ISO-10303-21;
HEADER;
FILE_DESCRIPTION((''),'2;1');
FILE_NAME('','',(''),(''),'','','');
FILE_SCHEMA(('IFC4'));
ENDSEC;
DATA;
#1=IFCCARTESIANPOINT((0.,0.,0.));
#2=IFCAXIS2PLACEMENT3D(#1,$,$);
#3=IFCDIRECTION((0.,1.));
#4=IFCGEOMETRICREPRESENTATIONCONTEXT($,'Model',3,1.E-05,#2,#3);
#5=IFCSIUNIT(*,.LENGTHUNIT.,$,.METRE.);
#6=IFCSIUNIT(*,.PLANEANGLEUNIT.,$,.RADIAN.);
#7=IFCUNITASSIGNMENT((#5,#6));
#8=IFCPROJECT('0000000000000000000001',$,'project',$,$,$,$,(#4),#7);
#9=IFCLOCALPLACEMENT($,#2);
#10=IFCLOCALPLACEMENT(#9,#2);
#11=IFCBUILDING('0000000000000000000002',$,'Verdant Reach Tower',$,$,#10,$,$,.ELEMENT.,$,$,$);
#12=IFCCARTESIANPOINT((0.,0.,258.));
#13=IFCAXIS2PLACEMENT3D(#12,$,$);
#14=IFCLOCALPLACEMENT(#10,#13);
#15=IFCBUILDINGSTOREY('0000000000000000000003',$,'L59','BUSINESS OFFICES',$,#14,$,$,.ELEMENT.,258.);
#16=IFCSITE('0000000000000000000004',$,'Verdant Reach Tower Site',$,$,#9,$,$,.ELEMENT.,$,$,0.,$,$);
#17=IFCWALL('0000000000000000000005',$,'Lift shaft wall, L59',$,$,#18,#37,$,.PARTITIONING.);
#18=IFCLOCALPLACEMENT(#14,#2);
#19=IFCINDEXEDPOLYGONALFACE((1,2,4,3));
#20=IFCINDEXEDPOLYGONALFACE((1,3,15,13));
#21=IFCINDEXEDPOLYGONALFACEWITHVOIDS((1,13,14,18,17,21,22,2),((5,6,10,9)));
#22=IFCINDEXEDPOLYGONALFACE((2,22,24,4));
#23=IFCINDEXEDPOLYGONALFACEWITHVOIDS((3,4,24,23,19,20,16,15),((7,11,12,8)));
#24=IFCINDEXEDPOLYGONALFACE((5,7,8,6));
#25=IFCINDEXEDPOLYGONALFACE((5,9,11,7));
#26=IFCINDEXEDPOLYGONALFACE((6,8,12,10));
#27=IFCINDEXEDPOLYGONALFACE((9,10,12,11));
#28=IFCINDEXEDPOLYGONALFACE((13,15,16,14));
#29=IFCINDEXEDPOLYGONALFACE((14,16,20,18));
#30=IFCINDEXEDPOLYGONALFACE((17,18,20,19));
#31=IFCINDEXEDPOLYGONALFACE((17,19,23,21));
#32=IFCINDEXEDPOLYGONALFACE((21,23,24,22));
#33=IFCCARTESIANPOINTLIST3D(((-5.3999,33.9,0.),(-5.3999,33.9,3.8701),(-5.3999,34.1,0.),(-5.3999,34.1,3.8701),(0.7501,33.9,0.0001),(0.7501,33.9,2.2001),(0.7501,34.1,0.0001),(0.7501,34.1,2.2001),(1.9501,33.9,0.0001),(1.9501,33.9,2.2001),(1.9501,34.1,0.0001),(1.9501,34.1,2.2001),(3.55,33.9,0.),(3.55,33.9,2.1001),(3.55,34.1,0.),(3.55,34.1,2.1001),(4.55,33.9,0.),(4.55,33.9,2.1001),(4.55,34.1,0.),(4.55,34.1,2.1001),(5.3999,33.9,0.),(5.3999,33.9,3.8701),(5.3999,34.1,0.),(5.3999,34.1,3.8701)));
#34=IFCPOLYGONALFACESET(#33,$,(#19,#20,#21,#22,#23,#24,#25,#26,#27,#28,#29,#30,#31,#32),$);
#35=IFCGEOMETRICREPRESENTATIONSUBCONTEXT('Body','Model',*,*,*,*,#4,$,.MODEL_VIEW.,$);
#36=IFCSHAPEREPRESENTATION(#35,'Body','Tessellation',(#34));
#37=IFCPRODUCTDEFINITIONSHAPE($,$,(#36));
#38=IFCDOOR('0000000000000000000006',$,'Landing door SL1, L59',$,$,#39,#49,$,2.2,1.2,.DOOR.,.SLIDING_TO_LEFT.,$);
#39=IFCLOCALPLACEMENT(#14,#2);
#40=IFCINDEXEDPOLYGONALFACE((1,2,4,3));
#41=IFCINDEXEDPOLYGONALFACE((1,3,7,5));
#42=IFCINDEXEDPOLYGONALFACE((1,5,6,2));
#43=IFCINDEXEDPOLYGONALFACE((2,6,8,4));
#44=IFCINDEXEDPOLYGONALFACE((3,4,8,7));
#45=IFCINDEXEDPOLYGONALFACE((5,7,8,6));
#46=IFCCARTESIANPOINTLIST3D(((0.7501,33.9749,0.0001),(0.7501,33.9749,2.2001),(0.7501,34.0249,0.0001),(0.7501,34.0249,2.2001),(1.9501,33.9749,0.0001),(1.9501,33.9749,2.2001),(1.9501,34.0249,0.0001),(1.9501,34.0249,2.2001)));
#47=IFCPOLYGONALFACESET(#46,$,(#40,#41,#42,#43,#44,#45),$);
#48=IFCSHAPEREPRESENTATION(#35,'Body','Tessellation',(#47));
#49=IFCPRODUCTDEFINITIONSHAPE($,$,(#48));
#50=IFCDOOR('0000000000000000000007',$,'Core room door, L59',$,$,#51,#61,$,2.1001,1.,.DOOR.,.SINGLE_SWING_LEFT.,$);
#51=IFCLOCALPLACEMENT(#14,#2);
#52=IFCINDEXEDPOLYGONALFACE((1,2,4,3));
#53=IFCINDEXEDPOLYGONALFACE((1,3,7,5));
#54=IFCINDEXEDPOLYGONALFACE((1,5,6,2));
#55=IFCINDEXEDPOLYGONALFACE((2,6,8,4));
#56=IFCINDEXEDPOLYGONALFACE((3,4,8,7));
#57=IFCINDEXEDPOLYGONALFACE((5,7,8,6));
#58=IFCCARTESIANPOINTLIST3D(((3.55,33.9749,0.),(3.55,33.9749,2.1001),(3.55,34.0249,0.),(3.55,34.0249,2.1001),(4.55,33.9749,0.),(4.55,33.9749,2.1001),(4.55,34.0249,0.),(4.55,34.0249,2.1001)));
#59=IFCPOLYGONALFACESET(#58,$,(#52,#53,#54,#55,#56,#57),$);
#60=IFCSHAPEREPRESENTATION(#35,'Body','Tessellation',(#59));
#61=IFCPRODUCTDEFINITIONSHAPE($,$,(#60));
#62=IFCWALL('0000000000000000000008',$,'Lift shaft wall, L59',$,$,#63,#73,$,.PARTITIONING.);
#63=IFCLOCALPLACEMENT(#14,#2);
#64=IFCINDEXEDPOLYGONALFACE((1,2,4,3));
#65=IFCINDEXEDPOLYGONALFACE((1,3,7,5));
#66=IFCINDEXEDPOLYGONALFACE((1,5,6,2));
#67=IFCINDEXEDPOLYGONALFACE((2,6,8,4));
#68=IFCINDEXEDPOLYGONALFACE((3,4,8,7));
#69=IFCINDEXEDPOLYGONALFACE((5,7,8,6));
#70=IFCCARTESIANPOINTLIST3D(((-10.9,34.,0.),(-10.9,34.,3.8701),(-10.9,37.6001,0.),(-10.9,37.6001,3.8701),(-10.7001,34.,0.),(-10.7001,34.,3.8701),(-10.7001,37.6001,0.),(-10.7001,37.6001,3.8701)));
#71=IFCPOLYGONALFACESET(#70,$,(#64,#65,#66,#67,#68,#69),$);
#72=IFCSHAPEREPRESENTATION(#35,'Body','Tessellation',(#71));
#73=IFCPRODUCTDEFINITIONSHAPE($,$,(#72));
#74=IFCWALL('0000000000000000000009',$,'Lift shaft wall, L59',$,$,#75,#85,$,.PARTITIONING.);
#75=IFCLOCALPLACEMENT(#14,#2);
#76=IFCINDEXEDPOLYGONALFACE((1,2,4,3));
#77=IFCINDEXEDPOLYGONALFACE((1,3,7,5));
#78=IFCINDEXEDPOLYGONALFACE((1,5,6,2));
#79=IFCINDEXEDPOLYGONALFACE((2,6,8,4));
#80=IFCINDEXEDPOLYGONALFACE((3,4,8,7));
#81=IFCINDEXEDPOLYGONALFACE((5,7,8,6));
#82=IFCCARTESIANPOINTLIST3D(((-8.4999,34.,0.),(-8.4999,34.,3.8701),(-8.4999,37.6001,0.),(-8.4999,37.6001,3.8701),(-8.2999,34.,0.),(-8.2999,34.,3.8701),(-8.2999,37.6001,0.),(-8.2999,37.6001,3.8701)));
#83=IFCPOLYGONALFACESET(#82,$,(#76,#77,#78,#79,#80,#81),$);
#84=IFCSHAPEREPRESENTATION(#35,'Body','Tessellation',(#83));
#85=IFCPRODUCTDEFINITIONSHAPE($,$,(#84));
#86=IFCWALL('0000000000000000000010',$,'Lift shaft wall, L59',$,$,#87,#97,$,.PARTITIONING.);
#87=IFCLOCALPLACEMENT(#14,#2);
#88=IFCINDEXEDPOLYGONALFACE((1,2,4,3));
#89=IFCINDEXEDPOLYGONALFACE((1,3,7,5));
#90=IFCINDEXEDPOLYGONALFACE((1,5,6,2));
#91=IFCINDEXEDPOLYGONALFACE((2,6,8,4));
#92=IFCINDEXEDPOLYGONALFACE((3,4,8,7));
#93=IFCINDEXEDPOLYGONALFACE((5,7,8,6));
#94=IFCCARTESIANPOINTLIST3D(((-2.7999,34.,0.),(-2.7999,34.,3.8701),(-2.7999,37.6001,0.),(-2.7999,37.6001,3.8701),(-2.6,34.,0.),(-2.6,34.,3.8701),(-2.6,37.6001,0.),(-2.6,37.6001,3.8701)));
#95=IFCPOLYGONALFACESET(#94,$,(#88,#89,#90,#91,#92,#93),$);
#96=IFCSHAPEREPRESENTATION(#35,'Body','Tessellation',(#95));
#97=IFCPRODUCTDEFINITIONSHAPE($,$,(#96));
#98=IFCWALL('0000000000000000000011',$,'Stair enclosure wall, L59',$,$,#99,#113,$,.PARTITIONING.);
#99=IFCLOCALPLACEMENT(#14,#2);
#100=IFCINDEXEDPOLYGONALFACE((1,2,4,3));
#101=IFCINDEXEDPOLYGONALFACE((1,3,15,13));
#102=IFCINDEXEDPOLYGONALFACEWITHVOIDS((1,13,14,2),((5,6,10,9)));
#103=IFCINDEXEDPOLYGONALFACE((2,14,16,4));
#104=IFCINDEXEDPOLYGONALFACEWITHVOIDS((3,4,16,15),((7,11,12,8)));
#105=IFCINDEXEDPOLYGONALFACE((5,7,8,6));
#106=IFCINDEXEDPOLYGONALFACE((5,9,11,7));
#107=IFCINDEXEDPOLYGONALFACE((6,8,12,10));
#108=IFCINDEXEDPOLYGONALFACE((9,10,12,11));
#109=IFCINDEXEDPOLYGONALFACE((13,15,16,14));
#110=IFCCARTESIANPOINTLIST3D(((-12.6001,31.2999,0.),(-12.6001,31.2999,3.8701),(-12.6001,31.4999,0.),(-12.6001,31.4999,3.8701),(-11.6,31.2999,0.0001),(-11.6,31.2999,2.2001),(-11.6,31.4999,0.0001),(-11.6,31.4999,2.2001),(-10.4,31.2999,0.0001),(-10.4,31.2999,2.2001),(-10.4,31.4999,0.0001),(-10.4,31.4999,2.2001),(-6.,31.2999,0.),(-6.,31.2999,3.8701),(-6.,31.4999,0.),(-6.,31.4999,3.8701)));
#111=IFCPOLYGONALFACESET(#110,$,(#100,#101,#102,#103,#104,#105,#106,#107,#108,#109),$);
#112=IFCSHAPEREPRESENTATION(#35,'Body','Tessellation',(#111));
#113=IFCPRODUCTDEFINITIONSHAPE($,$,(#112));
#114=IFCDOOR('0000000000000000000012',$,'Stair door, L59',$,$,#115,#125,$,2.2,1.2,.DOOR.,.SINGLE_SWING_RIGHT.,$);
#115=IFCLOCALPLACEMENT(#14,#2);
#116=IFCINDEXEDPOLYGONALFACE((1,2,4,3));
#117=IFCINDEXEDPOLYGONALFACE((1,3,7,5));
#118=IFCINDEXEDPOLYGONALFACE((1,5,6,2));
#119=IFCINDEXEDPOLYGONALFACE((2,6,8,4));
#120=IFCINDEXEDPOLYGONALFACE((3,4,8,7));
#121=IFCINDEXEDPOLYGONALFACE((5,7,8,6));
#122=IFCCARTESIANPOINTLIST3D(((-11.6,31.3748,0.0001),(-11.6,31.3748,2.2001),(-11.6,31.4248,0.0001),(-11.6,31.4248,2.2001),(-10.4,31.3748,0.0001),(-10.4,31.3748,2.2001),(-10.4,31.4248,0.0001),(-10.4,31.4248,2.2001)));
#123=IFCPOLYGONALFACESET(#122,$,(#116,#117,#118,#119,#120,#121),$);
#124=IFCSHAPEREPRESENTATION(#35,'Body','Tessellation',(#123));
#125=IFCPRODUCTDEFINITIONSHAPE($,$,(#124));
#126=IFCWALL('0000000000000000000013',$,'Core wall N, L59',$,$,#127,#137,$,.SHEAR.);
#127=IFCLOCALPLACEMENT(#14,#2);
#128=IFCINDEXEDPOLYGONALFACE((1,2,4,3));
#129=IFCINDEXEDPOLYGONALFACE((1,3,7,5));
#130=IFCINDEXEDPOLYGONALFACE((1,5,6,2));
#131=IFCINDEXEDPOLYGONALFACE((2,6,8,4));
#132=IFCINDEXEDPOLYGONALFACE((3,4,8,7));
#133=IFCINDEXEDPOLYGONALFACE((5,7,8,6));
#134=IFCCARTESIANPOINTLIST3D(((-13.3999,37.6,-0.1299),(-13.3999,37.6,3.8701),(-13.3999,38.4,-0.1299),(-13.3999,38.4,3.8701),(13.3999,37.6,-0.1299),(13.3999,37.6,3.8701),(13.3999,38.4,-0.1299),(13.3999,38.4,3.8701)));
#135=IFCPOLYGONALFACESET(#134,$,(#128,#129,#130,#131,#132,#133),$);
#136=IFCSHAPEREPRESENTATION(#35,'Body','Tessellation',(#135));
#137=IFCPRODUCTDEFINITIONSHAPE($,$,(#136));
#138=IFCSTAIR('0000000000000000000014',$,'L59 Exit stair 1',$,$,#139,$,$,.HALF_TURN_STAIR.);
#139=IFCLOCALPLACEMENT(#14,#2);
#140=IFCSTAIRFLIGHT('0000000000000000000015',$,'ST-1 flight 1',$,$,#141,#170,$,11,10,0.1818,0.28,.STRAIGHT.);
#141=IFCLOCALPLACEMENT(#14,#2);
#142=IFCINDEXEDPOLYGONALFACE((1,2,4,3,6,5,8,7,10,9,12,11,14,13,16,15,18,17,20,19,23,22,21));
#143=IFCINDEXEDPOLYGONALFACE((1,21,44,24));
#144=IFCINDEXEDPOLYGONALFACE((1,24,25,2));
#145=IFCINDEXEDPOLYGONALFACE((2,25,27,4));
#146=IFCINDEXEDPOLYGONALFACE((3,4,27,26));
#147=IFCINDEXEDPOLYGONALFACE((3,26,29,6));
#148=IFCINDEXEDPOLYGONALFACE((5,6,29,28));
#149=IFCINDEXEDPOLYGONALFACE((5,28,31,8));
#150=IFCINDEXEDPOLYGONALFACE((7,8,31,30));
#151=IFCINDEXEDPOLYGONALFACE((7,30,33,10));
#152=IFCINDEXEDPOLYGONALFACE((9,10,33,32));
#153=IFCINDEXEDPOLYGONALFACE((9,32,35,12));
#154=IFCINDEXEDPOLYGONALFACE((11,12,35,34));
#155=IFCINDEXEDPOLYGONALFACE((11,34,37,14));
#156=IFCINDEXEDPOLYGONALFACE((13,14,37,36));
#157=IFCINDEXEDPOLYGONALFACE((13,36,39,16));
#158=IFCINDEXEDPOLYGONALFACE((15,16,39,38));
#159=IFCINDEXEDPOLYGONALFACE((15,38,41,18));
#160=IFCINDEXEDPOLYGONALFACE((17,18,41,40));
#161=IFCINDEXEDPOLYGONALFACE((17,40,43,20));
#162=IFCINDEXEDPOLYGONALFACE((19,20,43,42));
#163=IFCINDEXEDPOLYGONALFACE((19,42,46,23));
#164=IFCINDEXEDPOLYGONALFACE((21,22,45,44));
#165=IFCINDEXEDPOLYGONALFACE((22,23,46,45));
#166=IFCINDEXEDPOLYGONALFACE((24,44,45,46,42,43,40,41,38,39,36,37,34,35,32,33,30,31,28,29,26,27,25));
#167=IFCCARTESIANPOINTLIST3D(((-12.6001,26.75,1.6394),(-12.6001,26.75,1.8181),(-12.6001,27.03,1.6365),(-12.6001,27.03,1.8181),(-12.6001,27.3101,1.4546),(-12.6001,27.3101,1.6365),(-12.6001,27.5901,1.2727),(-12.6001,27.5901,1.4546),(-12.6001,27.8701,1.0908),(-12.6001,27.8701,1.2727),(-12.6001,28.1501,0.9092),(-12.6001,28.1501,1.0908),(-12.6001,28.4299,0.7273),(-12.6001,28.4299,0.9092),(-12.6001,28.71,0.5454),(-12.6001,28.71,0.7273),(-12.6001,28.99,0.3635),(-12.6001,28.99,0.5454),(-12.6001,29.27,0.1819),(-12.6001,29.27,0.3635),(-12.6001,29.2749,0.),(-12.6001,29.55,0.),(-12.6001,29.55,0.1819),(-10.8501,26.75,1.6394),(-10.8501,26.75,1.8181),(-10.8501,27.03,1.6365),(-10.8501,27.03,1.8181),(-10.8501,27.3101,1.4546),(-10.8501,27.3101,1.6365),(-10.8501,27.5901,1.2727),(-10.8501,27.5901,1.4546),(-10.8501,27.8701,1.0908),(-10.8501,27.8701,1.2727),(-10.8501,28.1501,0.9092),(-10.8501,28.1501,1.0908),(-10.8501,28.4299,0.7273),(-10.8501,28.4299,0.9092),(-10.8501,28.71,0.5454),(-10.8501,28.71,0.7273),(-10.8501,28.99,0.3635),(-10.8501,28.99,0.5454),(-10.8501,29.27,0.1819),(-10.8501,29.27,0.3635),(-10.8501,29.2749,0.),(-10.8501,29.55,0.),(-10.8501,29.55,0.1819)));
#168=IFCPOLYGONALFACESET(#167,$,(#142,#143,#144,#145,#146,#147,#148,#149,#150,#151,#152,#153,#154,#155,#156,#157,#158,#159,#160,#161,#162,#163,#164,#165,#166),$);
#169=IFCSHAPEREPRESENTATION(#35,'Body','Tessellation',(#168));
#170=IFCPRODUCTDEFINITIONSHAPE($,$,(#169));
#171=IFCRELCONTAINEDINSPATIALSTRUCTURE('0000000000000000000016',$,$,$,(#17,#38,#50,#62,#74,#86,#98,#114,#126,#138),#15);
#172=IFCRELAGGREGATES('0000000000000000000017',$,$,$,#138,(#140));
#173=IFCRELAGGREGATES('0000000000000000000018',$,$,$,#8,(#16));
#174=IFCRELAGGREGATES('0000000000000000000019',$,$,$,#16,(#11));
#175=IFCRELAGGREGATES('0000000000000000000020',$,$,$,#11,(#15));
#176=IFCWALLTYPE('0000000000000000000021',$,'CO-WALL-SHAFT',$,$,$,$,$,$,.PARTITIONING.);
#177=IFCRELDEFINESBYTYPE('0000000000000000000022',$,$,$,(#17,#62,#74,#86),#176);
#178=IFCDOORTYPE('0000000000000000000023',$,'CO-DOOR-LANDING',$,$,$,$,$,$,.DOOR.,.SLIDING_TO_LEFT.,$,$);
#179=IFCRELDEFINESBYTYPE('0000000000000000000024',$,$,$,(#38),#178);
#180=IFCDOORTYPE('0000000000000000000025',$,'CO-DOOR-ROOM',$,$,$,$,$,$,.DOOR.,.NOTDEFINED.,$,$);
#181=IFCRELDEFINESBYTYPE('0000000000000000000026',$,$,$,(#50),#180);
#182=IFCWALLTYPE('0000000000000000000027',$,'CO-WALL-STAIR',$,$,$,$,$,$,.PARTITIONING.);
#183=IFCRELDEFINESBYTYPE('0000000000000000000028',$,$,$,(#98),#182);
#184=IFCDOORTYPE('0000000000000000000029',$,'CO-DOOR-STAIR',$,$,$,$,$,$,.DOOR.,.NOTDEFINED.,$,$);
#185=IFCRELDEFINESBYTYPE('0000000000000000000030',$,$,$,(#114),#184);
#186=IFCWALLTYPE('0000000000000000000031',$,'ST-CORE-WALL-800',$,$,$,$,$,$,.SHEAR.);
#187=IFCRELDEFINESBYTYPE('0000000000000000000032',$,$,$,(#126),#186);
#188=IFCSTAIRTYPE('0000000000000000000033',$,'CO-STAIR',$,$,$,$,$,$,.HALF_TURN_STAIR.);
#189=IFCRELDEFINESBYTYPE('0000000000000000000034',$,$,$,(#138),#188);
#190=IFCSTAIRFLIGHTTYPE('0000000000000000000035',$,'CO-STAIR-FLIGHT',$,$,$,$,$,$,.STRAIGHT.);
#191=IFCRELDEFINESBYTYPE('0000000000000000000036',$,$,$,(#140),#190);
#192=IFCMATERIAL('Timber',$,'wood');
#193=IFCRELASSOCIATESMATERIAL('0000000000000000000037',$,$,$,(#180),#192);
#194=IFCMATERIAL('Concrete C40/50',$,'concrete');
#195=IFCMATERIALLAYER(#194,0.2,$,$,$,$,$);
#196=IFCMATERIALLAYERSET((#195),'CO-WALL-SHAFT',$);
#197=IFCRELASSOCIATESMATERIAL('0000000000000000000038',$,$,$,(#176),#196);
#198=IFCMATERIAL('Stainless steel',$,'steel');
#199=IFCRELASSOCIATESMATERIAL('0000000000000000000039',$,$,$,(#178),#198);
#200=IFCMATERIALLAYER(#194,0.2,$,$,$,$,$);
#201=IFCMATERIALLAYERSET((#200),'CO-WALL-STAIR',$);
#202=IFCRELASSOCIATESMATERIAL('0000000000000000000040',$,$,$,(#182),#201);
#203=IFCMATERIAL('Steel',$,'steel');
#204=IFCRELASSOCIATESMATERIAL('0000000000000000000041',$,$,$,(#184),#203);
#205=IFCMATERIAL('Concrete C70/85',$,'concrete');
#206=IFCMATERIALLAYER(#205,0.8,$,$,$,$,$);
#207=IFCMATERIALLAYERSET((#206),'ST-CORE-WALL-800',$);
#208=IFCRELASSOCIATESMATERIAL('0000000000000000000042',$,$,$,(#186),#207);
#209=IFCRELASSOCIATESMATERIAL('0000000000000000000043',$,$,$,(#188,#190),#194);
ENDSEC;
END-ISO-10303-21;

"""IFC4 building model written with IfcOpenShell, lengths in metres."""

from ifc_helpers import new_model, si_unit, direction, frame, frame_2d, origin, place, context, subcontext, project, spatial, polyline, rectangle, outline, extrude, material, layer, layer_set, type_object, element, fill, aggregate, save


model = new_model("IFC4")

# Units and contexts
model_context = context("Model", 3, precision=1e-05, world=origin(), true_north=direction((0.0, 1.0)))
body_context = subcontext(model_context, "Body", "Model", "MODEL_VIEW")
ifc_project = project(units=[si_unit("LENGTHUNIT", "METRE"), si_unit("PLANEANGLEUNIT", "RADIAN")], contexts=[model_context])

# Site, building, storey
site_placement = place(None, origin())
site = spatial("IfcSite", under=ifc_project, at=site_placement, Name="Verdant Reach Tower Site", CompositionType="ELEMENT", RefElevation=0.0)
building_placement = place(site_placement, origin())
building = spatial("IfcBuilding", under=site, at=building_placement, Name="Verdant Reach Tower", CompositionType="ELEMENT")
storey_placement = place(building_placement, frame((0.0, 0.0, 258.0)))
storey = spatial("IfcBuildingStorey", under=building, at=storey_placement, Name="L59", Description="BUSINESS OFFICES", CompositionType="ELEMENT", Elevation=258.0)

# Wall, openings, doors
ifc_material_1 = material(Name="Timber", Category="wood")
door_type_1 = type_object("IfcDoorType", Name="CO-DOOR-ROOM", OperationType="NOTDEFINED", PredefinedType="DOOR", material=ifc_material_1)
ifc_material_2 = material(Name="Concrete C40/50", Category="concrete")
ifc_layer_1 = layer(ifc_material_2, 0.2)
ifc_layer_set_1 = layer_set([ifc_layer_1], Name="CO-WALL-SHAFT")
wall_type_1 = type_object("IfcWallType", Name="CO-WALL-SHAFT", PredefinedType="PARTITIONING", material=ifc_layer_set_1)
ifc_material_3 = material(Name="Stainless steel", Category="steel")
ifc_material_4 = material(Name="Steel", Category="steel")
wall_1_placement = place(storey_placement, frame((-5.3999, 34.0, 0.0), z_axis=(0.0, 0.0, 1.0), x_axis=(1.0, 0.0, 0.0)))
wall_1 = element("IfcWall", 1, at=wall_1_placement, inside=storey, type_object=wall_type_1, Name="Lift shaft wall, L59", PredefinedType="PARTITIONING", context=body_context, shape_type="SweptSolid", body=[
    extrude(rectangle(XDim=10.7998, YDim=0.2, at=frame_2d((5.3999, 0.0))), origin(), (0.0, 0.0, 1.0), 3.8701),
])
opening_1_placement = place(wall_1_placement, frame((6.1499, 0.0, 0.0)))
opening_1 = element("IfcOpeningElement", 2, at=opening_1_placement, cuts=wall_1, PredefinedType="OPENING", context=body_context, shape_type="SweptSolid", body=[
    extrude(rectangle(XDim=1.2, YDim=2.2, at=frame_2d((0.6001, 1.1001))), frame((0.0, 0.1099, 0.0), z_axis=(0.0, -1.0, 0.0), x_axis=(1.0, 0.0, 0.0)), (0.0, 0.0, 1.0), 0.22),
])
opening_2_placement = place(wall_1_placement, frame((8.95, 0.0, 0.0)))
opening_2 = element("IfcOpeningElement", 3, at=opening_2_placement, cuts=wall_1, PredefinedType="OPENING", context=body_context, shape_type="SweptSolid", body=[
    extrude(rectangle(XDim=1.0, YDim=2.1001, at=frame_2d((0.5, 1.05))), frame((0.0, 0.1099, 0.0), z_axis=(0.0, -1.0, 0.0), x_axis=(1.0, 0.0, 0.0)), (0.0, 0.0, 1.0), 0.22),
])
door_type_2 = type_object("IfcDoorType", Name="CO-DOOR-LANDING", OperationType="SLIDING_TO_LEFT", PredefinedType="DOOR", material=ifc_material_3)
door_1_placement = place(opening_1_placement, origin())
door_1 = element("IfcDoor", 4, at=door_1_placement, inside=storey, type_object=door_type_2, Name="Landing door SL1, L59", OperationType="SLIDING_TO_LEFT", OverallHeight=2.2, OverallWidth=1.2, PredefinedType="DOOR", context=body_context, shape_type="SweptSolid", body=[
    extrude(rectangle(XDim=1.2, YDim=2.2, at=frame_2d((0.6001, 1.1001))), frame((0.0, 0.0249, 0.0), z_axis=(0.0, -1.0, 0.0), x_axis=(1.0, 0.0, 0.0)), (0.0, 0.0, 1.0), 0.05),
])
fill(opening_1, door_1)
door_2_placement = place(opening_2_placement, origin())
door_2 = element("IfcDoor", 5, at=door_2_placement, inside=storey, type_object=door_type_1, Name="Core room door, L59", OperationType="SINGLE_SWING_LEFT", OverallHeight=2.1001, OverallWidth=1.0, PredefinedType="DOOR", context=body_context, shape_type="SweptSolid", body=[
    extrude(rectangle(XDim=1.0, YDim=2.1001, at=frame_2d((0.5, 1.05))), frame((0.0, 0.0249, 0.0), z_axis=(0.0, -1.0, 0.0), x_axis=(1.0, 0.0, 0.0)), (0.0, 0.0, 1.0), 0.05),
])
fill(opening_2, door_2)

# Walls
for number, where, z_axis, x_axis, name in (
    (6, (-10.8, 34.0, 0.0), (0.0, 0.0, 1.0), (0.0, 1.0, 0.0), "Lift shaft wall, L59"),
    (7, (-8.3999, 34.0, 0.0), (0.0, 0.0, 1.0), (0.0, 1.0, 0.0), "Lift shaft wall, L59"),
    (8, (-2.7, 34.0, 0.0), (0.0, 0.0, 1.0), (0.0, 1.0, 0.0), "Lift shaft wall, L59"),
):
    element("IfcWall", number, at=place(storey_placement, frame(where, z_axis=z_axis, x_axis=x_axis)), inside=storey, type_object=wall_type_1, Name=name, PredefinedType="PARTITIONING", context=body_context, shape_type="SweptSolid", body=[
        extrude(rectangle(XDim=3.6001, YDim=0.2, at=frame_2d((1.8, 0.0))), origin(), (0.0, 0.0, 1.0), 3.8701),
    ])

# Wall, opening, door
ifc_layer_2 = layer(ifc_material_2, 0.2)
ifc_layer_set_2 = layer_set([ifc_layer_2], Name="CO-WALL-STAIR")
wall_type_2 = type_object("IfcWallType", Name="CO-WALL-STAIR", PredefinedType="PARTITIONING", material=ifc_layer_set_2)
wall_2_placement = place(storey_placement, frame((-12.6001, 31.3999, 0.0), z_axis=(0.0, 0.0, 1.0), x_axis=(1.0, 0.0, 0.0)))
wall_2 = element("IfcWall", 9, at=wall_2_placement, inside=storey, type_object=wall_type_2, Name="Stair enclosure wall, L59", PredefinedType="PARTITIONING", context=body_context, shape_type="SweptSolid", body=[
    extrude(rectangle(XDim=6.6001, YDim=0.2, at=frame_2d((3.3, 0.0))), origin(), (0.0, 0.0, 1.0), 3.8701),
])
opening_3_placement = place(wall_2_placement, frame((1.0, 0.0, 0.0)))
opening_3 = element("IfcOpeningElement", 10, at=opening_3_placement, cuts=wall_2, PredefinedType="OPENING", context=body_context, shape_type="SweptSolid", body=[
    extrude(rectangle(XDim=1.2, YDim=2.2, at=frame_2d((0.6001, 1.1001))), frame((0.0, 0.1099, 0.0), z_axis=(0.0, -1.0, 0.0), x_axis=(1.0, 0.0, 0.0)), (0.0, 0.0, 1.0), 0.22),
])
door_type_3 = type_object("IfcDoorType", Name="CO-DOOR-STAIR", OperationType="NOTDEFINED", PredefinedType="DOOR", material=ifc_material_4)
door_3_placement = place(opening_3_placement, origin())
door_3 = element("IfcDoor", 11, at=door_3_placement, inside=storey, type_object=door_type_3, Name="Stair door, L59", OperationType="SINGLE_SWING_RIGHT", OverallHeight=2.2, OverallWidth=1.2, PredefinedType="DOOR", context=body_context, shape_type="SweptSolid", body=[
    extrude(rectangle(XDim=1.2, YDim=2.2, at=frame_2d((0.6001, 1.1001))), frame((0.0, 0.0249, 0.0), z_axis=(0.0, -1.0, 0.0), x_axis=(1.0, 0.0, 0.0)), (0.0, 0.0, 1.0), 0.05),
])
fill(opening_3, door_3)

# Wall
ifc_material_5 = material(Name="Concrete C70/85", Category="concrete")
ifc_layer_3 = layer(ifc_material_5, 0.8)
ifc_layer_set_3 = layer_set([ifc_layer_3], Name="ST-CORE-WALL-800")
wall_type_3 = type_object("IfcWallType", Name="ST-CORE-WALL-800", PredefinedType="SHEAR", material=ifc_layer_set_3)
wall_3_placement = place(storey_placement, frame((-13.3999, 38.0, -0.1299), z_axis=(0.0, 0.0, 1.0), x_axis=(1.0, 0.0, 0.0)))
element("IfcWall", 12, at=wall_3_placement, inside=storey, type_object=wall_type_3, Name="Core wall N, L59", PredefinedType="SHEAR", context=body_context, shape_type="SweptSolid", body=[
    extrude(rectangle(XDim=26.7998, YDim=0.8, at=frame_2d((13.3999, 0.0))), origin(), (0.0, 0.0, 1.0), 4.0),
])

# Stair, stair flight
stair_type = type_object("IfcStairType", Name="CO-STAIR", PredefinedType="HALF_TURN_STAIR", material=ifc_material_2)
stair_placement = place(storey_placement, origin())
stair = element("IfcStair", 13, at=stair_placement, inside=storey, type_object=stair_type, Name="L59 Exit stair 1", PredefinedType="HALF_TURN_STAIR")
stair_flight_type = type_object("IfcStairFlightType", Name="CO-STAIR-FLIGHT", PredefinedType="STRAIGHT", material=ifc_material_2)
stair_flight_placement = place(storey_placement, frame((-11.7251, 29.55, 0.0), z_axis=(0.0, 0.0, 1.0), x_axis=(0.0, -1.0, 0.0)))
stair_flight = element("IfcStairFlight", 14, at=stair_flight_placement, type_object=stair_flight_type, Name="ST-1 flight 1", NumberOfRisers=11, NumberOfTreads=10, PredefinedType="STRAIGHT", RiserHeight=0.1818, TreadLength=0.28, context=body_context, shape_type="SweptSolid", body=[
    extrude(outline(polyline([(0.0, 0.0), (0.0, 0.1819), (0.28, 0.1819), (0.28, 0.3635), (0.5601, 0.3635), (0.5601, 0.5454), (0.8401, 0.5454), (0.8401, 0.7273), (1.1201, 0.7273), (1.1201, 0.9092), (1.3999, 0.9092), (1.3999, 1.0908), (1.6799, 1.0908), (1.6799, 1.2727), (1.96, 1.2727), (1.96, 1.4546), (2.24, 1.4546), (2.24, 1.6365), (2.52, 1.6365), (2.52, 1.8181), (2.8, 1.8181), (2.8, 2.0), (2.8, 1.6394), (0.2751, 0.0), (0.0, 0.0)])), frame((0.0, 0.875, 0.0), z_axis=(0.0, -1.0, 0.0), x_axis=(1.0, 0.0, 0.0)), (0.0, 0.0, 1.0), 1.75),
])
aggregate(stair, [stair_flight])

save(model, "model.ifc")
